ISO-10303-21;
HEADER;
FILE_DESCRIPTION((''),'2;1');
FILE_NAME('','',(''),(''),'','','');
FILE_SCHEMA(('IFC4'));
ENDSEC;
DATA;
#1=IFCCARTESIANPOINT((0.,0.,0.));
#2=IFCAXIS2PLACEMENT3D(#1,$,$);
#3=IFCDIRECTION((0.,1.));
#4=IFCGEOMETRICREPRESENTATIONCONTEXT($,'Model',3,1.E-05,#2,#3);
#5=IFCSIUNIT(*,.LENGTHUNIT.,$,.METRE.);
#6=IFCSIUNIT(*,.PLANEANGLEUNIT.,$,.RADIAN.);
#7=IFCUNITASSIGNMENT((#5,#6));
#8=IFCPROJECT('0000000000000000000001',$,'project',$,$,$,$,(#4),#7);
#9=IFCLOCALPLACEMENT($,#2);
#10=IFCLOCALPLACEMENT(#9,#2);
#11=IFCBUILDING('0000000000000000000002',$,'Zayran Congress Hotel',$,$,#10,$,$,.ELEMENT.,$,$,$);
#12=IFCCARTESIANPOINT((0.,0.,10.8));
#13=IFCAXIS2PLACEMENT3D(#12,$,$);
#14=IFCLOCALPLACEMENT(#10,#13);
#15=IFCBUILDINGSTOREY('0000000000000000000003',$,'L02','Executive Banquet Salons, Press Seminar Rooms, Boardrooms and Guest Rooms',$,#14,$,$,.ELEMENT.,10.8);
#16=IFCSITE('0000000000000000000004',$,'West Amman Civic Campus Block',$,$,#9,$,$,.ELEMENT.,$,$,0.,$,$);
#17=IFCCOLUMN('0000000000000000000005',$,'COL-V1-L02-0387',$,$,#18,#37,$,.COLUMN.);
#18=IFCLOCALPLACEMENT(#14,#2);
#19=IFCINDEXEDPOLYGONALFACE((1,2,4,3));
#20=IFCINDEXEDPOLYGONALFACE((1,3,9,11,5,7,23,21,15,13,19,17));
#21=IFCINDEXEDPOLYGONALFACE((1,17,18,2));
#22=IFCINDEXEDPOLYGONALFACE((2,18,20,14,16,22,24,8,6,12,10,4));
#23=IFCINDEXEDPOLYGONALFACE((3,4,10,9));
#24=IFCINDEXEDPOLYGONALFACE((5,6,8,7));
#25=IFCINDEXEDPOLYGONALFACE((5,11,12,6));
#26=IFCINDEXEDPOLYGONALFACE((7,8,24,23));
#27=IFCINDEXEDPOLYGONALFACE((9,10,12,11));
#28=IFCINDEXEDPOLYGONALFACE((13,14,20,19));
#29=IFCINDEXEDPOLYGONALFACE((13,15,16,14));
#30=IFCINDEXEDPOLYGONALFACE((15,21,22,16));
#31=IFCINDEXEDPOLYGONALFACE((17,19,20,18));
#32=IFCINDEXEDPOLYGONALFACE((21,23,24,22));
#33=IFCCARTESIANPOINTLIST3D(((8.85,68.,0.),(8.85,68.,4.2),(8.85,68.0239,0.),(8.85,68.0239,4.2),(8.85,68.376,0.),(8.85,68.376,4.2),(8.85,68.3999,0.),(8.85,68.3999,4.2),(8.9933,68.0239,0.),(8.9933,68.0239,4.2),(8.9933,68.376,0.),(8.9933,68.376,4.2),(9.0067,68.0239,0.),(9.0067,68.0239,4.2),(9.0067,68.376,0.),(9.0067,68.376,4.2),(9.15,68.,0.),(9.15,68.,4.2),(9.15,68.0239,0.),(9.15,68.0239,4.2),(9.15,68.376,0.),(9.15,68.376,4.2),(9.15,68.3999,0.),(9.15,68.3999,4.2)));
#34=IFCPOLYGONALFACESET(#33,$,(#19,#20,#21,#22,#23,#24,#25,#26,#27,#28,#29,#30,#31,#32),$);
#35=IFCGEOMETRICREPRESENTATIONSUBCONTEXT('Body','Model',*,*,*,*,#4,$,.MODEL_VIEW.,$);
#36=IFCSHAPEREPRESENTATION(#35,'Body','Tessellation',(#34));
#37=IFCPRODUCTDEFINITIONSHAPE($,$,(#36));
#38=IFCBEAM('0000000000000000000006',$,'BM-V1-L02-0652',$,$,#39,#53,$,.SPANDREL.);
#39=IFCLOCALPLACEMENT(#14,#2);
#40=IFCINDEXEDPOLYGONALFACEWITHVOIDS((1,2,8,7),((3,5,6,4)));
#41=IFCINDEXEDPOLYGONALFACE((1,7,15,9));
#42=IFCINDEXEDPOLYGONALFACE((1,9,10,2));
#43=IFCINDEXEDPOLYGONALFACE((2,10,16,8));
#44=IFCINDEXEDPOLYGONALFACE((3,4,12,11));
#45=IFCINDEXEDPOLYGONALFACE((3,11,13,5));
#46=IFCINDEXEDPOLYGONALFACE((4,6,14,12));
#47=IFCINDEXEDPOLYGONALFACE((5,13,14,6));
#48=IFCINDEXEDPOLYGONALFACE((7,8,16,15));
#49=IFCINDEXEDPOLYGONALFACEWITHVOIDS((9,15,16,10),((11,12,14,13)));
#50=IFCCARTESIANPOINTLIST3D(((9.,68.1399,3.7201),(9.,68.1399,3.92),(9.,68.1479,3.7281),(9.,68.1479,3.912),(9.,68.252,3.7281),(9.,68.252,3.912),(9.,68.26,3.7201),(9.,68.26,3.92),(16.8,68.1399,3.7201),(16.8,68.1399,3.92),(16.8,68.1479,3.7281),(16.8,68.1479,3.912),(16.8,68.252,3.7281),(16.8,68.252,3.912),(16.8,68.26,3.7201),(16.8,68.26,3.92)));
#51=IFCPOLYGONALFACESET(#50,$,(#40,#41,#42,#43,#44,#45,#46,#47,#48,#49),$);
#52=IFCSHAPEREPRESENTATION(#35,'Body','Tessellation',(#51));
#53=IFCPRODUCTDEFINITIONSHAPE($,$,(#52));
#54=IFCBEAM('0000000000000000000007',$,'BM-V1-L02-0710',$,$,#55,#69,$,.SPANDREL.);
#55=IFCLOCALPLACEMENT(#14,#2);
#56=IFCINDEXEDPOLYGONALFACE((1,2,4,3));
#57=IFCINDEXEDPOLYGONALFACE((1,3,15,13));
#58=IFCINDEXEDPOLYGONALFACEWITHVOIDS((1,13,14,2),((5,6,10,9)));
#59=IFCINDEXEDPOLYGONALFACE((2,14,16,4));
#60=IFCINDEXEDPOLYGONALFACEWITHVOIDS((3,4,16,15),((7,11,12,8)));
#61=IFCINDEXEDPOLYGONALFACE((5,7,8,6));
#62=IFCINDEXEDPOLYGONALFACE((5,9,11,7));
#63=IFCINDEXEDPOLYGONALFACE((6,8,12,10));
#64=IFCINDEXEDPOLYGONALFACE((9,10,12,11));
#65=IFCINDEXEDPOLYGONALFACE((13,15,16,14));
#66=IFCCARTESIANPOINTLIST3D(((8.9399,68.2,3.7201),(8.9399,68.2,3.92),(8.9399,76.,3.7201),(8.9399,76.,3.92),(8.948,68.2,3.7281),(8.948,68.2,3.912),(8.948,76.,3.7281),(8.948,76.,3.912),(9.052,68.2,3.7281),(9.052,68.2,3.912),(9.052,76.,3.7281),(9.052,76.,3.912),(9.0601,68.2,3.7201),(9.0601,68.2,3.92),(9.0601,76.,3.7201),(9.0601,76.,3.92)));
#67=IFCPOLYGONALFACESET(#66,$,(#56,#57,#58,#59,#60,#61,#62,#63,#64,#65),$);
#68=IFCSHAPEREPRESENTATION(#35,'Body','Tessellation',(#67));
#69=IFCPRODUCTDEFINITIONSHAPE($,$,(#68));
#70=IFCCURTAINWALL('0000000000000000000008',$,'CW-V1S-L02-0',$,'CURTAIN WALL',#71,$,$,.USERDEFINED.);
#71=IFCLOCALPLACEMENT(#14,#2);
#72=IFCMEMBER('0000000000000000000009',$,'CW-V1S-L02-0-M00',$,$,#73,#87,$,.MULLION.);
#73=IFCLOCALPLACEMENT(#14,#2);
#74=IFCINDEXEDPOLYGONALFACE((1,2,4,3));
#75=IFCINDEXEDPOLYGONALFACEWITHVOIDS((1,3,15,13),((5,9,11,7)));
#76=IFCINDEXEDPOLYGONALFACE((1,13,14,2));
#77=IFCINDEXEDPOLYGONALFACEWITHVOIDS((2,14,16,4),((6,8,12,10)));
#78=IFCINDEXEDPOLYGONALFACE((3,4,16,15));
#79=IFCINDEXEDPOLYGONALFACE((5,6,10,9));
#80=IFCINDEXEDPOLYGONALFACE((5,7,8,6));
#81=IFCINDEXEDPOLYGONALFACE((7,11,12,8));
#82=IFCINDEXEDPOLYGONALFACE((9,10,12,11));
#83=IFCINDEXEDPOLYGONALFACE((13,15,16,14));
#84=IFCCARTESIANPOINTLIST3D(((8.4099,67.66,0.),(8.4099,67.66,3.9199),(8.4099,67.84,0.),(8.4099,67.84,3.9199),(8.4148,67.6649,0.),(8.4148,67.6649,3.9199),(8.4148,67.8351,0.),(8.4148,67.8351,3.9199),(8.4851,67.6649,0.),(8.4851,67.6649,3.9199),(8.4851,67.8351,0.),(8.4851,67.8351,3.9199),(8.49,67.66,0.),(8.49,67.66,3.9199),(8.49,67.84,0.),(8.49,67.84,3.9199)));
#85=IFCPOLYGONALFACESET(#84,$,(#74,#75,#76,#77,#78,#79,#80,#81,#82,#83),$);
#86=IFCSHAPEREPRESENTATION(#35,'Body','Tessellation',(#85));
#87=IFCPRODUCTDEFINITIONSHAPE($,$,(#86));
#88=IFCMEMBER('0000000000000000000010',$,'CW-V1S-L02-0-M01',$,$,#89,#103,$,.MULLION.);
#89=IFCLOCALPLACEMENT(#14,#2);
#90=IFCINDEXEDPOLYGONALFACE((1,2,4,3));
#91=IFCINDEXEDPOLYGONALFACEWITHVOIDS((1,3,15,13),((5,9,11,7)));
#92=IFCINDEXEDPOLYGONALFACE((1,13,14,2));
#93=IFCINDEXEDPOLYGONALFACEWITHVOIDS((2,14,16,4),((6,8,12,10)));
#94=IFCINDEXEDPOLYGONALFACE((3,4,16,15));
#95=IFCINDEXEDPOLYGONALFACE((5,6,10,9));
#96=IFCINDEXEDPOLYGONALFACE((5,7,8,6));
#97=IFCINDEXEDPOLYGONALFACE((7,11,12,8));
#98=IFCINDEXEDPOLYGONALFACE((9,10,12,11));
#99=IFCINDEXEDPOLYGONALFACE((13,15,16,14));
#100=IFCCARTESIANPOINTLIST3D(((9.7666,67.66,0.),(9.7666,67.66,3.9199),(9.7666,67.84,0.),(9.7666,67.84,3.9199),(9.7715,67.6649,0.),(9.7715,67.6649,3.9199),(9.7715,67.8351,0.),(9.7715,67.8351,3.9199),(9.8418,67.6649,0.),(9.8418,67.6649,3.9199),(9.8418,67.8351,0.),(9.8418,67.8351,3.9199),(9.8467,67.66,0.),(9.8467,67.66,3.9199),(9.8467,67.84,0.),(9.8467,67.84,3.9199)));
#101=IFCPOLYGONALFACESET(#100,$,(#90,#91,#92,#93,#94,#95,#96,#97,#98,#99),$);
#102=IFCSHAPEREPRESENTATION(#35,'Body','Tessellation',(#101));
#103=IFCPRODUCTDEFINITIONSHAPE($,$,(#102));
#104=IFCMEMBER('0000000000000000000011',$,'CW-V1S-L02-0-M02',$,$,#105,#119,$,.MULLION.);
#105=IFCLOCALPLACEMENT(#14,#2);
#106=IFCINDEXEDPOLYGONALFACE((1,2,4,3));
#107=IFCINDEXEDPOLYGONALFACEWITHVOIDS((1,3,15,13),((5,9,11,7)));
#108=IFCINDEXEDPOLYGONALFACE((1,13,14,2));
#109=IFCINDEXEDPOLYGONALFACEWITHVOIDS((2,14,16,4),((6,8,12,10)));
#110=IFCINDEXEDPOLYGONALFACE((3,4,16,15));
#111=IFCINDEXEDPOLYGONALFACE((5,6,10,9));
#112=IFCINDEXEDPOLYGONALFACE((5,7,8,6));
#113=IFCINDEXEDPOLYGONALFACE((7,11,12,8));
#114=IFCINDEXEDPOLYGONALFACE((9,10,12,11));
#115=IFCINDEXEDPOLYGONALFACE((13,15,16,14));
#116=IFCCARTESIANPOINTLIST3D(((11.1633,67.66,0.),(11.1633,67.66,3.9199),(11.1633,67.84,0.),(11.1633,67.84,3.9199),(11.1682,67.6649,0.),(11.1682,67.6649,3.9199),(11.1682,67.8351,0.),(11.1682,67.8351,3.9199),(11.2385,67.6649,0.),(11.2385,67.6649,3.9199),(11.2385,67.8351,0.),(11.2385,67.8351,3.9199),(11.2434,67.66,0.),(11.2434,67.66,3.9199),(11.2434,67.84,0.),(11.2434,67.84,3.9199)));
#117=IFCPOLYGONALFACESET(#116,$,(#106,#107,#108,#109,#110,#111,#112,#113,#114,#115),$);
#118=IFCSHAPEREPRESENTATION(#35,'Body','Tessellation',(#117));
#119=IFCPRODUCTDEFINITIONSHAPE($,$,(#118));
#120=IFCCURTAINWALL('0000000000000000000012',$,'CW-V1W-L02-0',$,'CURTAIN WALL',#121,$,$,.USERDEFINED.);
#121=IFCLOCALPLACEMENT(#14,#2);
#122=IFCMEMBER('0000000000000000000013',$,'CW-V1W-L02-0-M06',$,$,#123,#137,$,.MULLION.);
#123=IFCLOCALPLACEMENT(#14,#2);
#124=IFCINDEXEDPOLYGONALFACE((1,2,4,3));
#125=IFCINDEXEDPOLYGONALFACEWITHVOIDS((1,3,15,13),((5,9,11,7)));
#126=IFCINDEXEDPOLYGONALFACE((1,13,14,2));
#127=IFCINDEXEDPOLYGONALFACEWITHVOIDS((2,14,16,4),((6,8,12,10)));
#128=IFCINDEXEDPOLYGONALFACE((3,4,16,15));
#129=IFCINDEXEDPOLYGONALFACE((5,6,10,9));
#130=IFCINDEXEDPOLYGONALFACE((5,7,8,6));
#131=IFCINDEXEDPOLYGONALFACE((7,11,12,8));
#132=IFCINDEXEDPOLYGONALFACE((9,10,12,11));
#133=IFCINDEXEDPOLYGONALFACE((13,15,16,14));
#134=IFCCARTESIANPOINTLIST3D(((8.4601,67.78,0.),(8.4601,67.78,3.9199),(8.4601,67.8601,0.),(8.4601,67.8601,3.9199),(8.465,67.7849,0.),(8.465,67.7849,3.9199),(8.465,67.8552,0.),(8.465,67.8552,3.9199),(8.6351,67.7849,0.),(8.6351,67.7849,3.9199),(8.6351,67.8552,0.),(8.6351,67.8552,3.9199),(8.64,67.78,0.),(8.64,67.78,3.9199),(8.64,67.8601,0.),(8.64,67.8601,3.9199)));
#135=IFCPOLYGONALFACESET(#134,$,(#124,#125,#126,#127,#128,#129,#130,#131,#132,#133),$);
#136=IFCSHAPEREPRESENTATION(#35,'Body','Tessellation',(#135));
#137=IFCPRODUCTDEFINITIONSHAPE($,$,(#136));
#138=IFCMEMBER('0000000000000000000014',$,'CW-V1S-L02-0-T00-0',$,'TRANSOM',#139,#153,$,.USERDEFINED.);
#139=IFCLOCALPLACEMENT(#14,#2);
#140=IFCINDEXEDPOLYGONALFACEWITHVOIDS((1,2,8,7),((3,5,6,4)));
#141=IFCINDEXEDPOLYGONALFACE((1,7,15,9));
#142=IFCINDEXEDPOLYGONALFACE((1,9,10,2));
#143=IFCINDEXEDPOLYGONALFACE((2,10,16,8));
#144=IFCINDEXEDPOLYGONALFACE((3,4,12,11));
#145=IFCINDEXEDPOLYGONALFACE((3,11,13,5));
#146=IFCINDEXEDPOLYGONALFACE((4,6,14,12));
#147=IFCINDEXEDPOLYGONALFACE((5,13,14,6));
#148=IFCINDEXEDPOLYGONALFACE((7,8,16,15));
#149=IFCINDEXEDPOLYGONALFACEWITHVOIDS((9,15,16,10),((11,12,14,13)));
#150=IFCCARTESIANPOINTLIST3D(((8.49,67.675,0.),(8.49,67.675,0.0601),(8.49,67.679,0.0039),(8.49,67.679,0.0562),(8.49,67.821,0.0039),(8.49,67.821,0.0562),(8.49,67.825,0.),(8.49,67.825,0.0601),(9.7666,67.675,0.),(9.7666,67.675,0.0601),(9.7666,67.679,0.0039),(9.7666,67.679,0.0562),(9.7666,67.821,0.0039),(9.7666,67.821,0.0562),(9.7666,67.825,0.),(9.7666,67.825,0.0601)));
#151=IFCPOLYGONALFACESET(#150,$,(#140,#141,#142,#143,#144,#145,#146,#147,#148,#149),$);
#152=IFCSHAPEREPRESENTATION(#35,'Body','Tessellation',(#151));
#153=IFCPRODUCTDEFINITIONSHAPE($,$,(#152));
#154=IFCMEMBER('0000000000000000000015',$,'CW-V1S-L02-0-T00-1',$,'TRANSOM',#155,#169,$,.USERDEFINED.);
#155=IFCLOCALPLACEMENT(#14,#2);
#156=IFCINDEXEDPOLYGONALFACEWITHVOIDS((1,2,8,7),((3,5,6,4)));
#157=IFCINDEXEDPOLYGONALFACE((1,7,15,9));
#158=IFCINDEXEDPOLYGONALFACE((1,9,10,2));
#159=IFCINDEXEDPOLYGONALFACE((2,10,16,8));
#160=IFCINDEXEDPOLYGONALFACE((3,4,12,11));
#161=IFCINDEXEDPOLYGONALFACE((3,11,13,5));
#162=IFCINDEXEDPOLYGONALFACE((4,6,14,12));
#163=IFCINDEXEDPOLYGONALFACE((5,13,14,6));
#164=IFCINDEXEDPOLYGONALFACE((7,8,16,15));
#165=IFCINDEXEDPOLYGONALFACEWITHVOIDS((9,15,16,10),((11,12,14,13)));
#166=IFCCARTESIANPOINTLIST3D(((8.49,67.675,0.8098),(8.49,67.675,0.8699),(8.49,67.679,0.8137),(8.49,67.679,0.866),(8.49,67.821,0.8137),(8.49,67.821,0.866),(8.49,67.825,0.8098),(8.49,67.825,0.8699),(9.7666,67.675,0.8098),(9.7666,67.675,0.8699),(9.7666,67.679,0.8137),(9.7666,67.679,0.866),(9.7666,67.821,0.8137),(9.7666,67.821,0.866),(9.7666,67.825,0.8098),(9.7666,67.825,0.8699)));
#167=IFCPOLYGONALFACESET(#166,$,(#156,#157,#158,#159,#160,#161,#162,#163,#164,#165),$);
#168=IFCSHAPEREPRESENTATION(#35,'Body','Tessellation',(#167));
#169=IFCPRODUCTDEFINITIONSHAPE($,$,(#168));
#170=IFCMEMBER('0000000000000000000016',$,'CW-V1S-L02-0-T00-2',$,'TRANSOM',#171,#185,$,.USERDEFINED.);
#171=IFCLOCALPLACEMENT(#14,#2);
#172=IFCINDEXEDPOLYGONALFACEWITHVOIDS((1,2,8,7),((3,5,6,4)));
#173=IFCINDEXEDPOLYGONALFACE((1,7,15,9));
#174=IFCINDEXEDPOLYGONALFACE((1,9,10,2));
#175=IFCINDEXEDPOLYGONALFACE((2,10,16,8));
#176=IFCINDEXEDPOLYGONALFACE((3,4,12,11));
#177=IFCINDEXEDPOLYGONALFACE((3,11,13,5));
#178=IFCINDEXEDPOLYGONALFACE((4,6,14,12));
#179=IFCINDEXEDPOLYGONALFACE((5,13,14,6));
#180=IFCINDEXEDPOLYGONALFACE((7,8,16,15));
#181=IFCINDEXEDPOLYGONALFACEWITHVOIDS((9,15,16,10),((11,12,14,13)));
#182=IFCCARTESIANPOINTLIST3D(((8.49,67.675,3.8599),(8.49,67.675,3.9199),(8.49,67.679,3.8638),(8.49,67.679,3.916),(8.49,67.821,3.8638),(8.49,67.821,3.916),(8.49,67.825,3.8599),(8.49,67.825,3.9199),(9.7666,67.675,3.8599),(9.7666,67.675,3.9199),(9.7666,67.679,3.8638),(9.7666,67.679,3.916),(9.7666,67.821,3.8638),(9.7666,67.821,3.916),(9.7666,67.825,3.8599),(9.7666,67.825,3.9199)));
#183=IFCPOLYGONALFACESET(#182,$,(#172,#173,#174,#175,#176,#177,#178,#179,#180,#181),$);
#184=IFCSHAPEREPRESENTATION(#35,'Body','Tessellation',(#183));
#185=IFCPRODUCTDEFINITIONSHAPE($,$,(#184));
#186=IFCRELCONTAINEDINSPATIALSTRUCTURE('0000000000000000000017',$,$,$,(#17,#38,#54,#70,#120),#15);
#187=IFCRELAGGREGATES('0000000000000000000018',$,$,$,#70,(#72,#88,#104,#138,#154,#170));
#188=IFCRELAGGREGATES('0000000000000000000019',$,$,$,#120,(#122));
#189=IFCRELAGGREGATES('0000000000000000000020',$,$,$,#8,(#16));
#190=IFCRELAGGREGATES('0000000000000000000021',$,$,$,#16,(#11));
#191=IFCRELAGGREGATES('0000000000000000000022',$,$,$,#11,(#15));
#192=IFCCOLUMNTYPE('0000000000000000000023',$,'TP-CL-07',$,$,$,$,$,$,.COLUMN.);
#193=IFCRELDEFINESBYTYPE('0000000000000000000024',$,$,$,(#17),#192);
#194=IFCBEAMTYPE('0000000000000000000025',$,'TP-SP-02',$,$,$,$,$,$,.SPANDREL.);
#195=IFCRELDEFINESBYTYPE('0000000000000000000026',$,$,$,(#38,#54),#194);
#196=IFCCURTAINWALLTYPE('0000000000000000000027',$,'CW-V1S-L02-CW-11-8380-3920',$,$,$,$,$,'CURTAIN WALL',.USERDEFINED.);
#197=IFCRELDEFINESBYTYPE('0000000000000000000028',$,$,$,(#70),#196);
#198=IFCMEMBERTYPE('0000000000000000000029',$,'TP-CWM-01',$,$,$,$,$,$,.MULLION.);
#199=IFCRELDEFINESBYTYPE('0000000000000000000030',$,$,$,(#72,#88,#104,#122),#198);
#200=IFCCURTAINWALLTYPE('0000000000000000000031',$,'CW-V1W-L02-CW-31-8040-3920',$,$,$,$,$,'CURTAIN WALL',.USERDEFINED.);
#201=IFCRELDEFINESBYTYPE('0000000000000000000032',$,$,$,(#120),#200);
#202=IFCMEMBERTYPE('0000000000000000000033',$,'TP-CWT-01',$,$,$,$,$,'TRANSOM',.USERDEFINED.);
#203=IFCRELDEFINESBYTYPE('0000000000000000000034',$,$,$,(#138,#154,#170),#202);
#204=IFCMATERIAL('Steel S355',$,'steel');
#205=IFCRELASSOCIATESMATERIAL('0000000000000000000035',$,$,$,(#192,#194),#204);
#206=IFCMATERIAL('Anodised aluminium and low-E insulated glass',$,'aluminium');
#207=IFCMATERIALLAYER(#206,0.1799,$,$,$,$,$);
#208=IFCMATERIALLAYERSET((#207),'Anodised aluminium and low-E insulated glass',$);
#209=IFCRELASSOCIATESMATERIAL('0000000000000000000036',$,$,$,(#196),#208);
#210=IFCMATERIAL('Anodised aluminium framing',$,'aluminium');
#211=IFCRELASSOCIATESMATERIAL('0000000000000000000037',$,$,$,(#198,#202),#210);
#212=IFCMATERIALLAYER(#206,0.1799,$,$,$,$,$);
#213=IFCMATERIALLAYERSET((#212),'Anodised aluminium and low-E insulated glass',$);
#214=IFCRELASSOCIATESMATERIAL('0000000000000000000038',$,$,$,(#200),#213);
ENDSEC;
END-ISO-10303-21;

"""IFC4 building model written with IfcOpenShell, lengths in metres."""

from ifc_helpers import new_model, si_unit, direction, frame, origin, origin_2d, place, context, subcontext, project, spatial, hollow_rectangle, i_section, extrude, material, layer, layer_set, material_profile, profile_set, type_object, element, aggregate, save


model = new_model("IFC4")

# Units and contexts
model_context = context("Model", 3, precision=1e-05, world=origin(), true_north=direction((0.0, 1.0)))
body_context = subcontext(model_context, "Body", "Model", "MODEL_VIEW")
ifc_project = project(units=[si_unit("LENGTHUNIT", "METRE"), si_unit("PLANEANGLEUNIT", "RADIAN")], contexts=[model_context])

# Site, building, storey
site_placement = place(None, origin())
site = spatial("IfcSite", under=ifc_project, at=site_placement, Name="West Amman Civic Campus Block", CompositionType="ELEMENT", RefElevation=0.0)
building_placement = place(site_placement, origin())
building = spatial("IfcBuilding", under=site, at=building_placement, Name="Zayran Congress Hotel", CompositionType="ELEMENT")
storey_placement = place(building_placement, frame((0.0, 0.0, 10.8)))
storey = spatial("IfcBuildingStorey", under=building, at=storey_placement, Name="L02", Description="Executive Banquet Salons, Press Seminar Rooms, Boardrooms and Guest Rooms", CompositionType="ELEMENT", Elevation=10.8)

# Column
ifc_material_1 = material(Name="Steel S355", Category="steel")
ifc_material_profile_1 = material_profile(ifc_material_1, i_section(OverallWidth=0.3, OverallDepth=0.3999, WebThickness=0.0134, FlangeThickness=0.0239, at=origin_2d()), Name="HEB 400")
ifc_profile_set_1 = profile_set([ifc_material_profile_1], Name="Steel S355")
column_type = type_object("IfcColumnType", Name="TP-CL-07", PredefinedType="COLUMN", material=ifc_profile_set_1)
column_placement = place(storey_placement, frame((9.0, 68.2, 0.0), z_axis=(0.0, 0.0, 1.0), x_axis=(1.0, 0.0, 0.0)))
element("IfcColumn", 1, at=column_placement, inside=storey, type_object=column_type, Name="COL-V1-L02-0387", PredefinedType="COLUMN", context=body_context, shape_type="SweptSolid", body=[
    extrude(i_section(OverallWidth=0.3, OverallDepth=0.3999, WebThickness=0.0134, FlangeThickness=0.0239, at=origin_2d()), origin(), (0.0, 0.0, 1.0), 4.2),
])

# Beams
ifc_material_profile_2 = material_profile(ifc_material_1, hollow_rectangle(XDim=0.1201, YDim=0.2, WallThickness=0.0081, at=origin_2d()), Name="RHS 200x120x8")
ifc_profile_set_2 = profile_set([ifc_material_profile_2], Name="Steel S355")
beam_type = type_object("IfcBeamType", Name="TP-SP-02", PredefinedType="SPANDREL", material=ifc_profile_set_2)
for number, where, z_axis, x_axis, name in (
    (2, (9.0, 68.2, 3.8201), (1.0, 0.0, 0.0), (0.0, 1.0, 0.0), "BM-V1-L02-0652"),
    (3, (9.0, 68.2, 3.8201), (0.0, 1.0, 0.0), (-1.0, 0.0, 0.0), "BM-V1-L02-0710"),
):
    element("IfcBeam", number, at=place(storey_placement, frame(where, z_axis=z_axis, x_axis=x_axis)), inside=storey, type_object=beam_type, Name=name, PredefinedType="SPANDREL", context=body_context, shape_type="SweptSolid", body=[
        extrude(hollow_rectangle(XDim=0.1201, YDim=0.2, WallThickness=0.0081, at=origin_2d()), origin(), (0.0, 0.0, 1.0), 7.8),
    ])

# Curtain wall, members
ifc_material_2 = material(Name="Anodised aluminium and low-E insulated glass", Category="aluminium")
ifc_layer_1 = layer(ifc_material_2, 0.1799)
ifc_layer_set_1 = layer_set([ifc_layer_1], Name="Anodised aluminium and low-E insulated glass")
curtain_wall_type_1 = type_object("IfcCurtainWallType", Name="CW-V1S-L02-CW-11-8380-3920", ElementType="CURTAIN WALL", PredefinedType="USERDEFINED", material=ifc_layer_set_1)
curtain_wall_1_placement = place(storey_placement, origin())
curtain_wall_1 = element("IfcCurtainWall", 4, at=curtain_wall_1_placement, inside=storey, type_object=curtain_wall_type_1, Name="CW-V1S-L02-0", ObjectType="CURTAIN WALL", PredefinedType="USERDEFINED")
ifc_material_3 = material(Name="Anodised aluminium framing", Category="aluminium")
ifc_material_profile_3 = material_profile(ifc_material_3, hollow_rectangle(XDim=0.0801, YDim=0.1799, WallThickness=0.0049, at=origin_2d()), Name="RHS 180x80x5")
ifc_profile_set_3 = profile_set([ifc_material_profile_3], Name="Anodised aluminium framing")
member_type_1 = type_object("IfcMemberType", Name="TP-CWM-01", PredefinedType="MULLION", material=ifc_profile_set_3)
member_1_placement = place(storey_placement, frame((8.45, 67.75, 0.0), z_axis=(0.0, 0.0, 1.0), x_axis=(1.0, 0.0, 0.0)))
member_1 = element("IfcMember", 5, at=member_1_placement, type_object=member_type_1, Name="CW-V1S-L02-0-M00", PredefinedType="MULLION", context=body_context, shape_type="SweptSolid", body=[
    extrude(hollow_rectangle(XDim=0.0801, YDim=0.1799, WallThickness=0.0049, at=origin_2d()), origin(), (0.0, 0.0, 1.0), 3.9199),
])
member_2_placement = place(storey_placement, frame((9.8066, 67.75, 0.0), z_axis=(0.0, 0.0, 1.0), x_axis=(1.0, 0.0, 0.0)))
member_2 = element("IfcMember", 6, at=member_2_placement, type_object=member_type_1, Name="CW-V1S-L02-0-M01", PredefinedType="MULLION", context=body_context, shape_type="SweptSolid", body=[
    extrude(hollow_rectangle(XDim=0.0801, YDim=0.1799, WallThickness=0.0049, at=origin_2d()), origin(), (0.0, 0.0, 1.0), 3.9199),
])
member_3_placement = place(storey_placement, frame((11.2034, 67.75, 0.0), z_axis=(0.0, 0.0, 1.0), x_axis=(1.0, 0.0, 0.0)))
member_3 = element("IfcMember", 7, at=member_3_placement, type_object=member_type_1, Name="CW-V1S-L02-0-M02", PredefinedType="MULLION", context=body_context, shape_type="SweptSolid", body=[
    extrude(hollow_rectangle(XDim=0.0801, YDim=0.1799, WallThickness=0.0049, at=origin_2d()), origin(), (0.0, 0.0, 1.0), 3.9199),
])

# Curtain wall, member
ifc_layer_2 = layer(ifc_material_2, 0.1799)
ifc_layer_set_2 = layer_set([ifc_layer_2], Name="Anodised aluminium and low-E insulated glass")
curtain_wall_type_2 = type_object("IfcCurtainWallType", Name="CW-V1W-L02-CW-31-8040-3920", ElementType="CURTAIN WALL", PredefinedType="USERDEFINED", material=ifc_layer_set_2)
curtain_wall_2_placement = place(storey_placement, origin())
curtain_wall_2 = element("IfcCurtainWall", 8, at=curtain_wall_2_placement, inside=storey, type_object=curtain_wall_type_2, Name="CW-V1W-L02-0", ObjectType="CURTAIN WALL", PredefinedType="USERDEFINED")
member_4_placement = place(storey_placement, frame((8.55, 67.8201, 0.0), z_axis=(0.0, 0.0, 1.0), x_axis=(0.0, 1.0, 0.0)))
member_4 = element("IfcMember", 9, at=member_4_placement, type_object=member_type_1, Name="CW-V1W-L02-0-M06", PredefinedType="MULLION", context=body_context, shape_type="SweptSolid", body=[
    extrude(hollow_rectangle(XDim=0.0801, YDim=0.1799, WallThickness=0.0049, at=origin_2d()), origin(), (0.0, 0.0, 1.0), 3.9199),
])

# Members
ifc_material_profile_4 = material_profile(ifc_material_3, hollow_rectangle(XDim=0.0601, YDim=0.1499, WallThickness=0.0039, at=origin_2d()), Name="RHS 150x60x4")
ifc_profile_set_4 = profile_set([ifc_material_profile_4], Name="Anodised aluminium framing")
member_type_2 = type_object("IfcMemberType", Name="TP-CWT-01", ElementType="TRANSOM", PredefinedType="USERDEFINED", material=ifc_profile_set_4)
member_5_placement = place(storey_placement, frame((8.49, 67.75, 0.03), z_axis=(1.0, 0.0, 0.0), x_axis=(0.0, 0.0, 1.0)))
member_5 = element("IfcMember", 10, at=member_5_placement, type_object=member_type_2, Name="CW-V1S-L02-0-T00-0", ObjectType="TRANSOM", PredefinedType="USERDEFINED", context=body_context, shape_type="SweptSolid", body=[
    extrude(hollow_rectangle(XDim=0.0601, YDim=0.1499, WallThickness=0.0039, at=origin_2d()), origin(), (0.0, 0.0, 1.0), 1.2766),
])
member_6_placement = place(storey_placement, frame((8.49, 67.75, 0.8398), z_axis=(1.0, 0.0, 0.0), x_axis=(0.0, 0.0, 1.0)))
member_6 = element("IfcMember", 11, at=member_6_placement, type_object=member_type_2, Name="CW-V1S-L02-0-T00-1", ObjectType="TRANSOM", PredefinedType="USERDEFINED", context=body_context, shape_type="SweptSolid", body=[
    extrude(hollow_rectangle(XDim=0.0601, YDim=0.1499, WallThickness=0.0039, at=origin_2d()), origin(), (0.0, 0.0, 1.0), 1.2766),
])
member_7_placement = place(storey_placement, frame((8.49, 67.75, 3.8899), z_axis=(1.0, 0.0, 0.0), x_axis=(0.0, 0.0, 1.0)))
member_7 = element("IfcMember", 12, at=member_7_placement, type_object=member_type_2, Name="CW-V1S-L02-0-T00-2", ObjectType="TRANSOM", PredefinedType="USERDEFINED", context=body_context, shape_type="SweptSolid", body=[
    extrude(hollow_rectangle(XDim=0.0601, YDim=0.1499, WallThickness=0.0039, at=origin_2d()), origin(), (0.0, 0.0, 1.0), 1.2766),
])

aggregate(curtain_wall_1, [member_1, member_2, member_3, member_5, member_6, member_7])
aggregate(curtain_wall_2, [member_4])

save(model, "model.ifc")
